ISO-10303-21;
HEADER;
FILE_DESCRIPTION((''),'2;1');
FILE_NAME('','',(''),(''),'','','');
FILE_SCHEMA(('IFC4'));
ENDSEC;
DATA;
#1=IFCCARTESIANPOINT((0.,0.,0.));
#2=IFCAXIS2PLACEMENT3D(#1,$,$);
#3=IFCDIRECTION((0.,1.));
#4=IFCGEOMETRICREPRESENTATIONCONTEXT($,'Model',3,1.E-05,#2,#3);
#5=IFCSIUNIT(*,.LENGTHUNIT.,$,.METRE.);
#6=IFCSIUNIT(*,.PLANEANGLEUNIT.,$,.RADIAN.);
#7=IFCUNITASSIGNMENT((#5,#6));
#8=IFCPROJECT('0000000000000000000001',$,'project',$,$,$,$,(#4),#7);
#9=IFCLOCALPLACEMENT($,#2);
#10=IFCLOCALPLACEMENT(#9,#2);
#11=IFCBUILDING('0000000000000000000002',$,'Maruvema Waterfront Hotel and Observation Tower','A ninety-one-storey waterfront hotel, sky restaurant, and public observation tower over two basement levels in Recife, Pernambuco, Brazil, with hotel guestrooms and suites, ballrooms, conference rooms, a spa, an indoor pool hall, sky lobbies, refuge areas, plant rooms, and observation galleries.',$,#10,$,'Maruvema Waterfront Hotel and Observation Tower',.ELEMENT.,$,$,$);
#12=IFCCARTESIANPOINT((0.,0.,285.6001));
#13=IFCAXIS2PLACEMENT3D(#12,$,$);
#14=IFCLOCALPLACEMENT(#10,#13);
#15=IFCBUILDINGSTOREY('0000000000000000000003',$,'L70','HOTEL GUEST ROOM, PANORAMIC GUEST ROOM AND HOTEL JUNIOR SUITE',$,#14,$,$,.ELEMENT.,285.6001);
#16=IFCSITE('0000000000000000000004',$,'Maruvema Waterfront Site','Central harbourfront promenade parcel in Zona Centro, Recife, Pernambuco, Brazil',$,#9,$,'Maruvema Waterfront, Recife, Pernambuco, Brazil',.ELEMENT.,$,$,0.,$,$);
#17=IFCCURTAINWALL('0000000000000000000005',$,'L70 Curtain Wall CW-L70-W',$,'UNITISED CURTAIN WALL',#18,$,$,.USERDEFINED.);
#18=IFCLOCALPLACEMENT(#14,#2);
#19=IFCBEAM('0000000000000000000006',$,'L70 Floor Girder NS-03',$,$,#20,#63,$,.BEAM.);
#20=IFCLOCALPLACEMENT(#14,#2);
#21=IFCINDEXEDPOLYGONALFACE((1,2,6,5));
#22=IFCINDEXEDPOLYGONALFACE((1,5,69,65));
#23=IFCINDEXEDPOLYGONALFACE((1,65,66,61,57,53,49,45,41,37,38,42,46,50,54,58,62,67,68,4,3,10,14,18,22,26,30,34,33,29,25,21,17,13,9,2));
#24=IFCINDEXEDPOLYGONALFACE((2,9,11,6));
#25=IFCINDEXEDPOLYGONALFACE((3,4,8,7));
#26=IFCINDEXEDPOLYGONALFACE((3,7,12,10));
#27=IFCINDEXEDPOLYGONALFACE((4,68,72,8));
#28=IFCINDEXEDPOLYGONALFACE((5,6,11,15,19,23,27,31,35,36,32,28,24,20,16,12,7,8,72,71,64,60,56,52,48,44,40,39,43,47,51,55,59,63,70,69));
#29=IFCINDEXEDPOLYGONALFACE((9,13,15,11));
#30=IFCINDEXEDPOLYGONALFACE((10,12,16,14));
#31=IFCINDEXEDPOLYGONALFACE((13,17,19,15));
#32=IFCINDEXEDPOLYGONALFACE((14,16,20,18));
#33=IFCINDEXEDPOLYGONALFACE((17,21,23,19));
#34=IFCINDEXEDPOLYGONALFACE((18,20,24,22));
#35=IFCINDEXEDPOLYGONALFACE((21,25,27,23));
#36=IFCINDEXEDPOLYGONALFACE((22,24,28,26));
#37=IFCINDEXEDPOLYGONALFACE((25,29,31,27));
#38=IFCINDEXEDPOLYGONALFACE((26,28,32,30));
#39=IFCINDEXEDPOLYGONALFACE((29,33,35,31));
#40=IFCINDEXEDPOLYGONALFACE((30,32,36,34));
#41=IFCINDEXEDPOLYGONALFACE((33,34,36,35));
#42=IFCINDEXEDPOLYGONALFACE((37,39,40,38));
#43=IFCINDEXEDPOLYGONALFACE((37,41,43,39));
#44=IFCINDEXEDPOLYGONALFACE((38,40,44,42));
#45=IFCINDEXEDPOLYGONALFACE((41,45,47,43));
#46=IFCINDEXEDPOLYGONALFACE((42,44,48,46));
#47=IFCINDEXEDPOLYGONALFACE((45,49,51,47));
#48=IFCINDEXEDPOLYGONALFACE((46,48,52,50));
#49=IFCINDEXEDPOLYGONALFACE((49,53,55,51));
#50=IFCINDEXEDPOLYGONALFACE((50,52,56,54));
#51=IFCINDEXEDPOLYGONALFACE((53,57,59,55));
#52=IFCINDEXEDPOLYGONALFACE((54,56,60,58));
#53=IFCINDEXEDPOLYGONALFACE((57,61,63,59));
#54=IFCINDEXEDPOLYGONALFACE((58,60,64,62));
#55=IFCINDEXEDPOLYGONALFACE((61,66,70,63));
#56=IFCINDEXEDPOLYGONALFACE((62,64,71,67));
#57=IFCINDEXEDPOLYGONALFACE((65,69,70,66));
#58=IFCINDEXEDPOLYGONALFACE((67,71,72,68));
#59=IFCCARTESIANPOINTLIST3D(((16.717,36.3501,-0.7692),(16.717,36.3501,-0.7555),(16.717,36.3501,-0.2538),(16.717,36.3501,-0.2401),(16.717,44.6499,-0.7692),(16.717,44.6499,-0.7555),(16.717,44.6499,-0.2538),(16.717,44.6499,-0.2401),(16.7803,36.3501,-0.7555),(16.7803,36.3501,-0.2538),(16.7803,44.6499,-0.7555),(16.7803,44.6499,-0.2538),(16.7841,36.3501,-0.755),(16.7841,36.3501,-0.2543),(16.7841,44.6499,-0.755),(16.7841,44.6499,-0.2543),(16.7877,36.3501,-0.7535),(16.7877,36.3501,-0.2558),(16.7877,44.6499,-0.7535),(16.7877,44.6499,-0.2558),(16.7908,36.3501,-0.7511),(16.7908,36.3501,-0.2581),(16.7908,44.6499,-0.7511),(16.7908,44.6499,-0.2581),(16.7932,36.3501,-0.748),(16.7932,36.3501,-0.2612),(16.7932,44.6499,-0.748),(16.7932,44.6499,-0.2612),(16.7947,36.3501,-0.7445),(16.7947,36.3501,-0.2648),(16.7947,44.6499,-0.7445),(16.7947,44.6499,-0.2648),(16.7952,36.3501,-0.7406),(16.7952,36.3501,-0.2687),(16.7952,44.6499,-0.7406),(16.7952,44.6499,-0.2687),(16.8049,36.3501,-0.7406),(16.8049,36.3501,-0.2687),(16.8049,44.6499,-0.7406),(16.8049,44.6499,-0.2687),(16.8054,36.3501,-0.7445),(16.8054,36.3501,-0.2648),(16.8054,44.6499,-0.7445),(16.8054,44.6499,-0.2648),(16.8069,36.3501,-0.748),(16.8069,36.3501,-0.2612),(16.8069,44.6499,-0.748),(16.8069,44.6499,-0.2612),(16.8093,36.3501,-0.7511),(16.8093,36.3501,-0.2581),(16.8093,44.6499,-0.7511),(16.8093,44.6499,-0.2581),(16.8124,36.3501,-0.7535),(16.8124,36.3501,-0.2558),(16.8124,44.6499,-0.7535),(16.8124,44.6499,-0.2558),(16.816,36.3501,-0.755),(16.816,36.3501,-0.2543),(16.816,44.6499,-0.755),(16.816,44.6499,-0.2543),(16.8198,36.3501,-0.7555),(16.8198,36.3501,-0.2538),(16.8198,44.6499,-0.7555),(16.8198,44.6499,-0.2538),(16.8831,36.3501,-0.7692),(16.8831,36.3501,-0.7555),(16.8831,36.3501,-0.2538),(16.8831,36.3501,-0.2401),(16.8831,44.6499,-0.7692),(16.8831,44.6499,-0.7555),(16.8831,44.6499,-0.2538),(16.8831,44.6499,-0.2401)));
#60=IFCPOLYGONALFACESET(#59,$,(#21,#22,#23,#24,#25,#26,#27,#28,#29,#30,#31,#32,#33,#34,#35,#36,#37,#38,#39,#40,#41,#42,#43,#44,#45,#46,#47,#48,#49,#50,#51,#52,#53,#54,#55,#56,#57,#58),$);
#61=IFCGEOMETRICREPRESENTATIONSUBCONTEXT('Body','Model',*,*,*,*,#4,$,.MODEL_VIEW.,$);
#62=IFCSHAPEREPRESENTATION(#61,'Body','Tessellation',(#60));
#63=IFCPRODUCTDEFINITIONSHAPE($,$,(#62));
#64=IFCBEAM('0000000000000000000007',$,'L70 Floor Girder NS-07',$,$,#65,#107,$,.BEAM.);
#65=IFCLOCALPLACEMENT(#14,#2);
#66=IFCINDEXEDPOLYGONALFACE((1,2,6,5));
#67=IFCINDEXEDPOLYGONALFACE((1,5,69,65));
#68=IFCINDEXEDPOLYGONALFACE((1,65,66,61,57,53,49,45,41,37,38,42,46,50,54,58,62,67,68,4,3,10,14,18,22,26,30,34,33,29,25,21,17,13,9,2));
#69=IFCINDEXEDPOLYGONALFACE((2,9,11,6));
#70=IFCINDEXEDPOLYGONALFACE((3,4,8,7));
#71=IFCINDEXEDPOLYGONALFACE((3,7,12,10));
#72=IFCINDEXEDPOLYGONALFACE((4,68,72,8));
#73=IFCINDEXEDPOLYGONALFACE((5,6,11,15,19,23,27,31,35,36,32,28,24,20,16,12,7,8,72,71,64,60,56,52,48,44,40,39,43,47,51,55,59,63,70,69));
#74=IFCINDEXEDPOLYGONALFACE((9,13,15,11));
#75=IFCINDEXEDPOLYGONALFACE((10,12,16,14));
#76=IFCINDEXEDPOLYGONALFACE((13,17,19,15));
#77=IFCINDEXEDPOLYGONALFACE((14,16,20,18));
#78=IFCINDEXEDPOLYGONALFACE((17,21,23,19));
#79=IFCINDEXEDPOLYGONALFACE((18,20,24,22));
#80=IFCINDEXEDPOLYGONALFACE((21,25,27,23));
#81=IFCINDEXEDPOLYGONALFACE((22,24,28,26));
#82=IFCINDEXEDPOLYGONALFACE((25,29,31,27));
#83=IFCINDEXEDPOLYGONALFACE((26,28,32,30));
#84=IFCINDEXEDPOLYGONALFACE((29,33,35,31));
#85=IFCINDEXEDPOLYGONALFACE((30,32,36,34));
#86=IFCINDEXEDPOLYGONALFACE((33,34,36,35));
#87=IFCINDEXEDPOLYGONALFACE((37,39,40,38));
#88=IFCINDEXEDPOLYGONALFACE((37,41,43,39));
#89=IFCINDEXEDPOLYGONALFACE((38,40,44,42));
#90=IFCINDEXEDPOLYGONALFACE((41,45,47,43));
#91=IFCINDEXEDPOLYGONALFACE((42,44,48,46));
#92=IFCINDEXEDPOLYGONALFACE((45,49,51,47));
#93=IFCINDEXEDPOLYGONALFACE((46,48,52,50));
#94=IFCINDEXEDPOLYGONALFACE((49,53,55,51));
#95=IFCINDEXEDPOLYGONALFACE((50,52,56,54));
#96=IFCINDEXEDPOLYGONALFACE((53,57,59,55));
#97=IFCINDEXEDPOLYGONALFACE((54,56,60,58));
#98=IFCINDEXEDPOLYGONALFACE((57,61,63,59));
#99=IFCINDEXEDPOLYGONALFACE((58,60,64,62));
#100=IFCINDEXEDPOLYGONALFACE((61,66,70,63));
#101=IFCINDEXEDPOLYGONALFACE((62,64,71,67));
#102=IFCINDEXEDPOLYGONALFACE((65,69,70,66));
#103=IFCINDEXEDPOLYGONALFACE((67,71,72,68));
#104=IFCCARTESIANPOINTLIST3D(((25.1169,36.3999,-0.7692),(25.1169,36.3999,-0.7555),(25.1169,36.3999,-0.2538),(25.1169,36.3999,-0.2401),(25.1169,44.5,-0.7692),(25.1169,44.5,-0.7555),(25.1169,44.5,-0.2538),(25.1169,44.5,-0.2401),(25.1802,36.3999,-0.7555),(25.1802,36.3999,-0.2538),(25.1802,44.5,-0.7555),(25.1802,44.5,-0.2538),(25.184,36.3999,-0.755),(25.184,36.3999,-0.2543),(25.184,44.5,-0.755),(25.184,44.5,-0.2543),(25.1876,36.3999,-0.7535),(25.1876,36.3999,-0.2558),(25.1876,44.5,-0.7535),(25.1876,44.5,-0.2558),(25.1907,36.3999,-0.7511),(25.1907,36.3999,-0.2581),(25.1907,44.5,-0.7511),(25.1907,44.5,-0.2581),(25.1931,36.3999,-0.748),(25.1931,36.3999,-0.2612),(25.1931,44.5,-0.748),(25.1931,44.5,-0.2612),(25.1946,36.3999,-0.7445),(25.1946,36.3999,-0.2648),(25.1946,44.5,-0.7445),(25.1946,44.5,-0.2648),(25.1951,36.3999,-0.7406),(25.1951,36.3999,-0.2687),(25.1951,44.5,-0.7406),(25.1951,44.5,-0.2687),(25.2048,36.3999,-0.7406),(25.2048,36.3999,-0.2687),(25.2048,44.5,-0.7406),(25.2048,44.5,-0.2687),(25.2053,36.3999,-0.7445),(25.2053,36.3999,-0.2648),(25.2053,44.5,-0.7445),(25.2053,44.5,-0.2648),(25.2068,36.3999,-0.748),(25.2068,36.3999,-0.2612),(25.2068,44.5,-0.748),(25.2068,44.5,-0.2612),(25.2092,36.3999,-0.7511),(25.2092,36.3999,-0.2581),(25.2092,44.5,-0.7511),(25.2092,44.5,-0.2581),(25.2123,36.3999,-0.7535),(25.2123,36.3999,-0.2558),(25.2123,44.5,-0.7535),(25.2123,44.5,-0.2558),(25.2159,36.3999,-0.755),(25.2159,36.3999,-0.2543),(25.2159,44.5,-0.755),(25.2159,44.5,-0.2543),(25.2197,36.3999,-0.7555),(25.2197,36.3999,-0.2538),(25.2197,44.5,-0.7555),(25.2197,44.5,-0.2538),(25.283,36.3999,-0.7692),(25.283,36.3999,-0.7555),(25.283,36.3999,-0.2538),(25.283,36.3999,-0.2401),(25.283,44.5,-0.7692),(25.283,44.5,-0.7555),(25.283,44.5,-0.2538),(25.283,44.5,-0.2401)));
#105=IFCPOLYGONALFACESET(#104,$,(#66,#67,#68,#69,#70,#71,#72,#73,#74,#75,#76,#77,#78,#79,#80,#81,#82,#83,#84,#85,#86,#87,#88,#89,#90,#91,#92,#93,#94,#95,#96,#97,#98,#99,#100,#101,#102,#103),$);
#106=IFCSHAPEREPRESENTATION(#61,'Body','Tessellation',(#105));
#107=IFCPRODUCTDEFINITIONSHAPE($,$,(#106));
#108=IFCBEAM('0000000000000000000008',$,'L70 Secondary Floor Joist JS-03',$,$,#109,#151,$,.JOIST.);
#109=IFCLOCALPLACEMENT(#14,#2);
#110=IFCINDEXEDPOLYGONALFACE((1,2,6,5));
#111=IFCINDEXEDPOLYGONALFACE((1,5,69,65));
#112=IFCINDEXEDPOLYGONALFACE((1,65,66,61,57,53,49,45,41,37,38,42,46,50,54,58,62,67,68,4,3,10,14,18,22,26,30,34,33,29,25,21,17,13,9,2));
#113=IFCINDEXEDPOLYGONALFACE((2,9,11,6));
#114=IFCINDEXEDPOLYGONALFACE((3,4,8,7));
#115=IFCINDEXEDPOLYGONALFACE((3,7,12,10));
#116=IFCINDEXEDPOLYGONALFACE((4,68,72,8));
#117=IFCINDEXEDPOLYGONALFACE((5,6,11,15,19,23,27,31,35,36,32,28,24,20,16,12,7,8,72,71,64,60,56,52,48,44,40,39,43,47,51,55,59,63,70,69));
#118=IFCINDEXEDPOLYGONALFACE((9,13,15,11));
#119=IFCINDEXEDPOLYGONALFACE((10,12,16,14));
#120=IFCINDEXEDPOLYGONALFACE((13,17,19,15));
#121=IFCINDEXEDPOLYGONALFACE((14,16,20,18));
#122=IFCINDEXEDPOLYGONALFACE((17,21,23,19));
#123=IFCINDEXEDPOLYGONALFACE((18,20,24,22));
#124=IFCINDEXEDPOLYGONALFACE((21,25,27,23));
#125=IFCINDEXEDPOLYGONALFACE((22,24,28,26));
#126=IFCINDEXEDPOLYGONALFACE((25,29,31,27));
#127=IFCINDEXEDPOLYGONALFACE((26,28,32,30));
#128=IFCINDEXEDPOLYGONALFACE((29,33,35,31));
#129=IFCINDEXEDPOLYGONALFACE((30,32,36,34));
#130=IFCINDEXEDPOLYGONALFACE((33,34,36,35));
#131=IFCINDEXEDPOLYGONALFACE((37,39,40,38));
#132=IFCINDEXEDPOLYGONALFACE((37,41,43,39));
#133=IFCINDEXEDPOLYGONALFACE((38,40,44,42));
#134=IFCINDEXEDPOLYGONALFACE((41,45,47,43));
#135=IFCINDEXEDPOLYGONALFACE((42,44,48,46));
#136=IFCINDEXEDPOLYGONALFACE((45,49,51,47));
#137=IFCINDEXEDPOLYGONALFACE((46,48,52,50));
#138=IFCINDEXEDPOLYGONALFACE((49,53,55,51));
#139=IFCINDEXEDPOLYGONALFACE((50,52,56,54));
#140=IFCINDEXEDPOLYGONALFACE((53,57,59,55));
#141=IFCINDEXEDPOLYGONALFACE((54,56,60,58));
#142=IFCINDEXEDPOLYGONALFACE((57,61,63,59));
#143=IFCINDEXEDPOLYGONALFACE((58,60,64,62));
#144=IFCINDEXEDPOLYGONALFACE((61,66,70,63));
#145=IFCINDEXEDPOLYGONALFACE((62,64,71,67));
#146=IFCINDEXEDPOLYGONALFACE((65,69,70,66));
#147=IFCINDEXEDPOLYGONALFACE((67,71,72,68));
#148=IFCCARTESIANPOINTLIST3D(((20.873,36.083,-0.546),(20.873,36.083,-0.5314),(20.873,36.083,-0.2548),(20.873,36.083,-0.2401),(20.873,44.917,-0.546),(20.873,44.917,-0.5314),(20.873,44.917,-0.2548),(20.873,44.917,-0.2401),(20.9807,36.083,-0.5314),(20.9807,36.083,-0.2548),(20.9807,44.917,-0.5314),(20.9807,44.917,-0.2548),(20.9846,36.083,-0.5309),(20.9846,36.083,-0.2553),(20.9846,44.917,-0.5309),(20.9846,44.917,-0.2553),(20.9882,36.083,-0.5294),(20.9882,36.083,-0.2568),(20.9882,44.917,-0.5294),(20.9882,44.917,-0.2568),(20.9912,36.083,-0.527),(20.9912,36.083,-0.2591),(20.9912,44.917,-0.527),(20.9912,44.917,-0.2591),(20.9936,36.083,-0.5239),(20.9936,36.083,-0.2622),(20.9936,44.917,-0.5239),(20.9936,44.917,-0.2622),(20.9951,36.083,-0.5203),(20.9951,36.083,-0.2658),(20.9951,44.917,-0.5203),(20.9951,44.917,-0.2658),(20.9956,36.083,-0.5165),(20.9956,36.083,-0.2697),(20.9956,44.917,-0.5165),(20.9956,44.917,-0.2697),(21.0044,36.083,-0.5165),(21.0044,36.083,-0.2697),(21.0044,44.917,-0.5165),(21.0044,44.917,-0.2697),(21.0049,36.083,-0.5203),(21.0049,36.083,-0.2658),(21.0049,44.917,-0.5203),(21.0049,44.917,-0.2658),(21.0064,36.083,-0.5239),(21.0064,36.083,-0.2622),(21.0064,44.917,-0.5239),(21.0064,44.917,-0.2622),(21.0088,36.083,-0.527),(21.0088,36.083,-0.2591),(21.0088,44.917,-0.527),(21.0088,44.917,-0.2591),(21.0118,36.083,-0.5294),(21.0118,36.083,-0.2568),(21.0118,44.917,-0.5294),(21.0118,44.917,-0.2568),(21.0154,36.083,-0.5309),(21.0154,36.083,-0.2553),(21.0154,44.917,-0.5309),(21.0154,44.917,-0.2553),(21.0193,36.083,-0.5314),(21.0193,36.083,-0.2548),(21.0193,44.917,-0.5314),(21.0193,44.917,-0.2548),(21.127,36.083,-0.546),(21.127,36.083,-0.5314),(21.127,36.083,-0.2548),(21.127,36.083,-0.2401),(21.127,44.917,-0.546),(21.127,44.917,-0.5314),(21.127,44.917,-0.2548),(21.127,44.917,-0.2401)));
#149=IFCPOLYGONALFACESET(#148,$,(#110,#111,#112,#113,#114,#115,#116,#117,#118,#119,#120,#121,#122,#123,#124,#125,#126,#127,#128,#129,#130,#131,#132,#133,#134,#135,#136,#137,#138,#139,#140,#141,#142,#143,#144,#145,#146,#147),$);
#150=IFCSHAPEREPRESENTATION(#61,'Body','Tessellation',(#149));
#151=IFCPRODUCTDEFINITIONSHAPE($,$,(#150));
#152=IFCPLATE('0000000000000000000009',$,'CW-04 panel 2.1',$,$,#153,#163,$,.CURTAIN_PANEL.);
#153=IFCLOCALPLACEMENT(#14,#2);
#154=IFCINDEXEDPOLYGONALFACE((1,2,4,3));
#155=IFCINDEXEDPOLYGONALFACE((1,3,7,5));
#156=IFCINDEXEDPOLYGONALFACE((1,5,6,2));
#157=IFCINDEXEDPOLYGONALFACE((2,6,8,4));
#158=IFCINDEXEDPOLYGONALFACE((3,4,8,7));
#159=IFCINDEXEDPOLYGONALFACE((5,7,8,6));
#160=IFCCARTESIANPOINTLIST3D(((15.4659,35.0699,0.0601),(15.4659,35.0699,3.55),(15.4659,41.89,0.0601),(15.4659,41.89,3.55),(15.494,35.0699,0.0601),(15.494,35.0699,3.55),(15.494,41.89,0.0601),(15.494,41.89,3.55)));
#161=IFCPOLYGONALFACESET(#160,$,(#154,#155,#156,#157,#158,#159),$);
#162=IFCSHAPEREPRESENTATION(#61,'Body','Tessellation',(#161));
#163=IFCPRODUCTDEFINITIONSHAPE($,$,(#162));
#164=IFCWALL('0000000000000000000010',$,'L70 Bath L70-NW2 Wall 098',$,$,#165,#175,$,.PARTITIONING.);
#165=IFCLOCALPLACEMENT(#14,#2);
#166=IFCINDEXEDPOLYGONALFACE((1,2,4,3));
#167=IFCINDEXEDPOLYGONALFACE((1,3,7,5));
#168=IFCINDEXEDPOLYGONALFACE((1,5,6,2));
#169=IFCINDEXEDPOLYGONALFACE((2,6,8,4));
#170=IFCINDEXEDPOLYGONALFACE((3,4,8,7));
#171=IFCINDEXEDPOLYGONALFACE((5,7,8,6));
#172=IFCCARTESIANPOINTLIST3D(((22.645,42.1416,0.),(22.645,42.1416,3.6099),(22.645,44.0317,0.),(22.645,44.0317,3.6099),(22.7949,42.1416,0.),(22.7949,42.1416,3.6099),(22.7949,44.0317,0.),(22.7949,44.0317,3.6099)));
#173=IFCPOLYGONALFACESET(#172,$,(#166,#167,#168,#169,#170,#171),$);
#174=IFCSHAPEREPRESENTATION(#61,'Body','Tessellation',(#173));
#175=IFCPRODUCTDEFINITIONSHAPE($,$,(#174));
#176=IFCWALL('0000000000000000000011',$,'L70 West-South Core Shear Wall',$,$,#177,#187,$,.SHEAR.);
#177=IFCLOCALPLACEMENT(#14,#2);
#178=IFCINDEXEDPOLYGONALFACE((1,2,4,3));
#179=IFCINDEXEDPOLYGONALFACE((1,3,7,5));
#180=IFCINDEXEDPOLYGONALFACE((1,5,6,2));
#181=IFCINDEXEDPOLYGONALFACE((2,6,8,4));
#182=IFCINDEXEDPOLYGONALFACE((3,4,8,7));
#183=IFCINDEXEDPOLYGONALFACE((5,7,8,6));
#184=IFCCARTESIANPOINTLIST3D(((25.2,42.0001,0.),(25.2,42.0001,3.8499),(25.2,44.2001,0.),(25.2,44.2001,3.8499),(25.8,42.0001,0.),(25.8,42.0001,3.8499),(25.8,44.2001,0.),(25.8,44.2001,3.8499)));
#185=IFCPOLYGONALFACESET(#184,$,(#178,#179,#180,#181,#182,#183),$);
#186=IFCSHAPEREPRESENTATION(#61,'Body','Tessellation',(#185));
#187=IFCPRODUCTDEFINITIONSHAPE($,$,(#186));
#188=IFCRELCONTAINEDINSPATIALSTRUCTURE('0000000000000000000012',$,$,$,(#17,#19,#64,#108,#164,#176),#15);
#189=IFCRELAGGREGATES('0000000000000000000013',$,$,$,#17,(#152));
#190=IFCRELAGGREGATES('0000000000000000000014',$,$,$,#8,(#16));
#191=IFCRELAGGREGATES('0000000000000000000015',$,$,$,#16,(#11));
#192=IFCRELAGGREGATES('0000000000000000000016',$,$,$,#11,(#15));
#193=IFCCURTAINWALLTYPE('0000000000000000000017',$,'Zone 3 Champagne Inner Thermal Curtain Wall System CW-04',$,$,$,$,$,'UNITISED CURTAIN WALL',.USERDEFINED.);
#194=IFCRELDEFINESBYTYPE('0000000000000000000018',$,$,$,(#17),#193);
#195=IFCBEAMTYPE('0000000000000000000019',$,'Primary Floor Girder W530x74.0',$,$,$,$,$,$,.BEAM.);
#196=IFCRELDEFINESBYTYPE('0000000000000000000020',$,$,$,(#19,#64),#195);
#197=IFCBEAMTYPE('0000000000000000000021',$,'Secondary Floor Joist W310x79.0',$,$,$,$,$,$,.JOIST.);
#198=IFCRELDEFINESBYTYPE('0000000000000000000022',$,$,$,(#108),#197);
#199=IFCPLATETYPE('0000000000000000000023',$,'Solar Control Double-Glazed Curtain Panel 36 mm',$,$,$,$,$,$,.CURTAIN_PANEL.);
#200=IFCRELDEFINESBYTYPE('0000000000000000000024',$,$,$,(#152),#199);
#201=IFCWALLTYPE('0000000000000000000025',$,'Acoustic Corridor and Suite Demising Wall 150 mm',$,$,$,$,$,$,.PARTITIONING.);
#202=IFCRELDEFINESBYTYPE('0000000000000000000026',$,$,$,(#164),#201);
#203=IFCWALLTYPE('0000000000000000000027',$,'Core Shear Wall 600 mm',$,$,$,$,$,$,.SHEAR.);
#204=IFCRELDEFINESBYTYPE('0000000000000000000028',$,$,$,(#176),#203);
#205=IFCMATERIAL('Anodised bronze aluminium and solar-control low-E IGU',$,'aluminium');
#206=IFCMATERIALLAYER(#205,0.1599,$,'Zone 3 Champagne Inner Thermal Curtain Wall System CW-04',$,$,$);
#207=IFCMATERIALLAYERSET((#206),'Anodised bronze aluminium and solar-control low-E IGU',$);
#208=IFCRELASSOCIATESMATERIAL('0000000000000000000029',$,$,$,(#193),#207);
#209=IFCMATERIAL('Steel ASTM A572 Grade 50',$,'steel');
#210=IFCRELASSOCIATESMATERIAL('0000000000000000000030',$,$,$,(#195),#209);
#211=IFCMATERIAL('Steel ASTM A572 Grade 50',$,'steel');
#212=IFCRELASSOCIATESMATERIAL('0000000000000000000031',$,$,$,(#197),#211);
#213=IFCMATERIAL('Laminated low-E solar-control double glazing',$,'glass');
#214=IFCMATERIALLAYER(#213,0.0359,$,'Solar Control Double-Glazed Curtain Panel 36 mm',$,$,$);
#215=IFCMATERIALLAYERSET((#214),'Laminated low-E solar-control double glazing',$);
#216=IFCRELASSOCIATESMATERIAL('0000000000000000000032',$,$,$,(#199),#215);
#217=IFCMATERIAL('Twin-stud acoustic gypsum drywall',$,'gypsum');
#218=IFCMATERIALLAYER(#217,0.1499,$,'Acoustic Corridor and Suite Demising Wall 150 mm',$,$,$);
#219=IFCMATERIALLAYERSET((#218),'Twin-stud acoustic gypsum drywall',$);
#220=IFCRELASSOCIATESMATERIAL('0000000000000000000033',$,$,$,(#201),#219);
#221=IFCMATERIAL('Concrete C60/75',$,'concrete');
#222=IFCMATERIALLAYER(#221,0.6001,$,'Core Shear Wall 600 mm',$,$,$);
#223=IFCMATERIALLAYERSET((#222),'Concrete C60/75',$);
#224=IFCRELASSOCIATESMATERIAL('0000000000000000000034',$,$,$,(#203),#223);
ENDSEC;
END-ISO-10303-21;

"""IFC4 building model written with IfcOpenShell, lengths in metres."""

from ifc_helpers import new_model, si_unit, direction, frame, frame_2d, origin, origin_2d, place, context, subcontext, project, spatial, rectangle, i_section, extrude, material, layer, layer_set, material_profile, profile_set, type_object, element, aggregate, save


model = new_model("IFC4")

# Units and contexts
model_context = context("Model", 3, precision=1e-05, world=origin(), true_north=direction((0.0, 1.0)))
body_context = subcontext(model_context, "Body", "Model", "MODEL_VIEW")
ifc_project = project(units=[si_unit("LENGTHUNIT", "METRE"), si_unit("PLANEANGLEUNIT", "RADIAN")], contexts=[model_context])

# Site, building, storey
site_placement = place(None, origin())
site = spatial("IfcSite", under=ifc_project, at=site_placement, Name="Maruvema Waterfront Site", Description="Central harbourfront promenade parcel in Zona Centro, Recife, Pernambuco, Brazil", LongName="Maruvema Waterfront, Recife, Pernambuco, Brazil", CompositionType="ELEMENT", RefElevation=0.0)
building_placement = place(site_placement, origin())
building = spatial("IfcBuilding", under=site, at=building_placement, Name="Maruvema Waterfront Hotel and Observation Tower", Description="A ninety-one-storey waterfront hotel, sky restaurant, and public observation tower over two basement levels in Recife, Pernambuco, Brazil, with hotel guestrooms and suites, ballrooms, conference rooms, a spa, an indoor pool hall, sky lobbies, refuge areas, plant rooms, and observation galleries.", LongName="Maruvema Waterfront Hotel and Observation Tower", CompositionType="ELEMENT")
storey_placement = place(building_placement, frame((0.0, 0.0, 285.6001)))
storey = spatial("IfcBuildingStorey", under=building, at=storey_placement, Name="L70", Description="HOTEL GUEST ROOM, PANORAMIC GUEST ROOM AND HOTEL JUNIOR SUITE", CompositionType="ELEMENT", Elevation=285.6001)

# Curtain wall
ifc_material_1 = material(Name="Anodised bronze aluminium and solar-control low-E IGU", Category="aluminium")
ifc_layer_1 = layer(ifc_material_1, 0.1599, Name="Zone 3 Champagne Inner Thermal Curtain Wall System CW-04")
ifc_layer_set_1 = layer_set([ifc_layer_1], Name="Anodised bronze aluminium and solar-control low-E IGU")
curtain_wall_type = type_object("IfcCurtainWallType", Name="Zone 3 Champagne Inner Thermal Curtain Wall System CW-04", ElementType="UNITISED CURTAIN WALL", PredefinedType="USERDEFINED", material=ifc_layer_set_1)
curtain_wall_placement = place(storey_placement, origin())
curtain_wall = element("IfcCurtainWall", 1, at=curtain_wall_placement, inside=storey, type_object=curtain_wall_type, Name="L70 Curtain Wall CW-L70-W", ObjectType="UNITISED CURTAIN WALL", PredefinedType="USERDEFINED")

# Beams
ifc_material_2 = material(Name="Steel ASTM A572 Grade 50", Category="steel")
ifc_material_profile_1 = material_profile(ifc_material_2, i_section(OverallWidth=0.166, OverallDepth=0.5291, WebThickness=0.0098, FlangeThickness=0.0137, FilletRadius=0.0149, at=origin_2d()), Name="W530x74.0")
ifc_profile_set_1 = profile_set([ifc_material_profile_1], Name="Steel ASTM A572 Grade 50")
beam_type_1 = type_object("IfcBeamType", Name="Primary Floor Girder W530x74.0", PredefinedType="BEAM", material=ifc_profile_set_1)
beam_1_placement = place(storey_placement, frame((16.8, 36.3501, -0.5046), z_axis=(0.0, 1.0, 0.0), x_axis=(-1.0, 0.0, 0.0)))
element("IfcBeam", 2, at=beam_1_placement, inside=storey, type_object=beam_type_1, Name="L70 Floor Girder NS-03", PredefinedType="BEAM", context=body_context, shape_type="SweptSolid", body=[
    extrude(i_section(OverallWidth=0.166, OverallDepth=0.5291, WebThickness=0.0098, FlangeThickness=0.0137, FilletRadius=0.0149, at=origin_2d()), origin(), (0.0, 0.0, 1.0), 8.2998),
])
beam_2_placement = place(storey_placement, frame((25.2, 36.3999, -0.5046), z_axis=(0.0, 1.0, 0.0), x_axis=(-1.0, 0.0, 0.0)))
element("IfcBeam", 3, at=beam_2_placement, inside=storey, type_object=beam_type_1, Name="L70 Floor Girder NS-07", PredefinedType="BEAM", context=body_context, shape_type="SweptSolid", body=[
    extrude(i_section(OverallWidth=0.166, OverallDepth=0.5291, WebThickness=0.0098, FlangeThickness=0.0137, FilletRadius=0.0149, at=origin_2d()), origin(), (0.0, 0.0, 1.0), 8.1001),
])
ifc_material_3 = material(Name="Steel ASTM A572 Grade 50", Category="steel")
ifc_material_profile_2 = material_profile(ifc_material_3, i_section(OverallWidth=0.2539, OverallDepth=0.3059, WebThickness=0.0088, FlangeThickness=0.0146, FilletRadius=0.0149, at=origin_2d()), Name="W310x79.0")
ifc_profile_set_2 = profile_set([ifc_material_profile_2], Name="Steel ASTM A572 Grade 50")
beam_type_2 = type_object("IfcBeamType", Name="Secondary Floor Joist W310x79.0", PredefinedType="JOIST", material=ifc_profile_set_2)
beam_3_placement = place(storey_placement, frame((21.0, 36.083, -0.3931), z_axis=(0.0, 1.0, 0.0), x_axis=(-1.0, 0.0, 0.0)))
element("IfcBeam", 4, at=beam_3_placement, inside=storey, type_object=beam_type_2, Name="L70 Secondary Floor Joist JS-03", PredefinedType="JOIST", context=body_context, shape_type="SweptSolid", body=[
    extrude(i_section(OverallWidth=0.2539, OverallDepth=0.3059, WebThickness=0.0088, FlangeThickness=0.0146, FilletRadius=0.0149, at=origin_2d()), origin(), (0.0, 0.0, 1.0), 8.834),
])

# Plate
ifc_material_4 = material(Name="Laminated low-E solar-control double glazing", Category="glass")
ifc_layer_2 = layer(ifc_material_4, 0.0359, Name="Solar Control Double-Glazed Curtain Panel 36 mm")
ifc_layer_set_2 = layer_set([ifc_layer_2], Name="Laminated low-E solar-control double glazing")
plate_type = type_object("IfcPlateType", Name="Solar Control Double-Glazed Curtain Panel 36 mm", PredefinedType="CURTAIN_PANEL", material=ifc_layer_set_2)
plate_placement = place(storey_placement, frame((15.48, 38.48, 0.0601), z_axis=(0.0, 0.0, 1.0), x_axis=(0.0, -1.0, 0.0)))
plate = element("IfcPlate", 5, at=plate_placement, type_object=plate_type, Name="CW-04 panel 2.1", PredefinedType="CURTAIN_PANEL", context=body_context, shape_type="SweptSolid", body=[
    extrude(rectangle(XDim=6.8201, YDim=0.0281, at=origin_2d()), origin(), (0.0, 0.0, 1.0), 3.49),
])
aggregate(curtain_wall, [plate])

# Shared definitions
ifc_material_5 = material(Name="Twin-stud acoustic gypsum drywall", Category="gypsum")
ifc_layer_3 = layer(ifc_material_5, 0.1499, Name="Acoustic Corridor and Suite Demising Wall 150 mm")
ifc_layer_set_3 = layer_set([ifc_layer_3], Name="Twin-stud acoustic gypsum drywall")
wall_type_1 = type_object("IfcWallType", Name="Acoustic Corridor and Suite Demising Wall 150 mm", PredefinedType="PARTITIONING", material=ifc_layer_set_3)

# Wall
wall_1_placement = place(storey_placement, frame((22.72, 42.1416, 0.0), z_axis=(0.0, 0.0, 1.0), x_axis=(0.0, 1.0, 0.0)))
element("IfcWall", 6, at=wall_1_placement, inside=storey, type_object=wall_type_1, Name="L70 Bath L70-NW2 Wall 098", PredefinedType="PARTITIONING", context=body_context, shape_type="SweptSolid", body=[
    extrude(rectangle(XDim=1.8901, YDim=0.1499, at=frame_2d((0.9451, 0.0))), origin(), (0.0, 0.0, 1.0), 3.6099),
])

# Shared definitions
ifc_material_6 = material(Name="Concrete C60/75", Category="concrete")
ifc_layer_4 = layer(ifc_material_6, 0.6001, Name="Core Shear Wall 600 mm")
ifc_layer_set_4 = layer_set([ifc_layer_4], Name="Concrete C60/75")
wall_type_2 = type_object("IfcWallType", Name="Core Shear Wall 600 mm", PredefinedType="SHEAR", material=ifc_layer_set_4)

# Wall
wall_2_placement = place(storey_placement, frame((25.5, 42.0, 0.0), z_axis=(0.0, 0.0, 1.0), x_axis=(0.0, 1.0, 0.0)))
element("IfcWall", 7, at=wall_2_placement, inside=storey, type_object=wall_type_2, Name="L70 West-South Core Shear Wall", PredefinedType="SHEAR", context=body_context, shape_type="SweptSolid", body=[
    extrude(rectangle(XDim=2.2, YDim=0.6001, at=frame_2d((1.1001, 0.0))), origin(), (0.0, 0.0, 1.0), 3.8499),
])

save(model, "model.ifc")
